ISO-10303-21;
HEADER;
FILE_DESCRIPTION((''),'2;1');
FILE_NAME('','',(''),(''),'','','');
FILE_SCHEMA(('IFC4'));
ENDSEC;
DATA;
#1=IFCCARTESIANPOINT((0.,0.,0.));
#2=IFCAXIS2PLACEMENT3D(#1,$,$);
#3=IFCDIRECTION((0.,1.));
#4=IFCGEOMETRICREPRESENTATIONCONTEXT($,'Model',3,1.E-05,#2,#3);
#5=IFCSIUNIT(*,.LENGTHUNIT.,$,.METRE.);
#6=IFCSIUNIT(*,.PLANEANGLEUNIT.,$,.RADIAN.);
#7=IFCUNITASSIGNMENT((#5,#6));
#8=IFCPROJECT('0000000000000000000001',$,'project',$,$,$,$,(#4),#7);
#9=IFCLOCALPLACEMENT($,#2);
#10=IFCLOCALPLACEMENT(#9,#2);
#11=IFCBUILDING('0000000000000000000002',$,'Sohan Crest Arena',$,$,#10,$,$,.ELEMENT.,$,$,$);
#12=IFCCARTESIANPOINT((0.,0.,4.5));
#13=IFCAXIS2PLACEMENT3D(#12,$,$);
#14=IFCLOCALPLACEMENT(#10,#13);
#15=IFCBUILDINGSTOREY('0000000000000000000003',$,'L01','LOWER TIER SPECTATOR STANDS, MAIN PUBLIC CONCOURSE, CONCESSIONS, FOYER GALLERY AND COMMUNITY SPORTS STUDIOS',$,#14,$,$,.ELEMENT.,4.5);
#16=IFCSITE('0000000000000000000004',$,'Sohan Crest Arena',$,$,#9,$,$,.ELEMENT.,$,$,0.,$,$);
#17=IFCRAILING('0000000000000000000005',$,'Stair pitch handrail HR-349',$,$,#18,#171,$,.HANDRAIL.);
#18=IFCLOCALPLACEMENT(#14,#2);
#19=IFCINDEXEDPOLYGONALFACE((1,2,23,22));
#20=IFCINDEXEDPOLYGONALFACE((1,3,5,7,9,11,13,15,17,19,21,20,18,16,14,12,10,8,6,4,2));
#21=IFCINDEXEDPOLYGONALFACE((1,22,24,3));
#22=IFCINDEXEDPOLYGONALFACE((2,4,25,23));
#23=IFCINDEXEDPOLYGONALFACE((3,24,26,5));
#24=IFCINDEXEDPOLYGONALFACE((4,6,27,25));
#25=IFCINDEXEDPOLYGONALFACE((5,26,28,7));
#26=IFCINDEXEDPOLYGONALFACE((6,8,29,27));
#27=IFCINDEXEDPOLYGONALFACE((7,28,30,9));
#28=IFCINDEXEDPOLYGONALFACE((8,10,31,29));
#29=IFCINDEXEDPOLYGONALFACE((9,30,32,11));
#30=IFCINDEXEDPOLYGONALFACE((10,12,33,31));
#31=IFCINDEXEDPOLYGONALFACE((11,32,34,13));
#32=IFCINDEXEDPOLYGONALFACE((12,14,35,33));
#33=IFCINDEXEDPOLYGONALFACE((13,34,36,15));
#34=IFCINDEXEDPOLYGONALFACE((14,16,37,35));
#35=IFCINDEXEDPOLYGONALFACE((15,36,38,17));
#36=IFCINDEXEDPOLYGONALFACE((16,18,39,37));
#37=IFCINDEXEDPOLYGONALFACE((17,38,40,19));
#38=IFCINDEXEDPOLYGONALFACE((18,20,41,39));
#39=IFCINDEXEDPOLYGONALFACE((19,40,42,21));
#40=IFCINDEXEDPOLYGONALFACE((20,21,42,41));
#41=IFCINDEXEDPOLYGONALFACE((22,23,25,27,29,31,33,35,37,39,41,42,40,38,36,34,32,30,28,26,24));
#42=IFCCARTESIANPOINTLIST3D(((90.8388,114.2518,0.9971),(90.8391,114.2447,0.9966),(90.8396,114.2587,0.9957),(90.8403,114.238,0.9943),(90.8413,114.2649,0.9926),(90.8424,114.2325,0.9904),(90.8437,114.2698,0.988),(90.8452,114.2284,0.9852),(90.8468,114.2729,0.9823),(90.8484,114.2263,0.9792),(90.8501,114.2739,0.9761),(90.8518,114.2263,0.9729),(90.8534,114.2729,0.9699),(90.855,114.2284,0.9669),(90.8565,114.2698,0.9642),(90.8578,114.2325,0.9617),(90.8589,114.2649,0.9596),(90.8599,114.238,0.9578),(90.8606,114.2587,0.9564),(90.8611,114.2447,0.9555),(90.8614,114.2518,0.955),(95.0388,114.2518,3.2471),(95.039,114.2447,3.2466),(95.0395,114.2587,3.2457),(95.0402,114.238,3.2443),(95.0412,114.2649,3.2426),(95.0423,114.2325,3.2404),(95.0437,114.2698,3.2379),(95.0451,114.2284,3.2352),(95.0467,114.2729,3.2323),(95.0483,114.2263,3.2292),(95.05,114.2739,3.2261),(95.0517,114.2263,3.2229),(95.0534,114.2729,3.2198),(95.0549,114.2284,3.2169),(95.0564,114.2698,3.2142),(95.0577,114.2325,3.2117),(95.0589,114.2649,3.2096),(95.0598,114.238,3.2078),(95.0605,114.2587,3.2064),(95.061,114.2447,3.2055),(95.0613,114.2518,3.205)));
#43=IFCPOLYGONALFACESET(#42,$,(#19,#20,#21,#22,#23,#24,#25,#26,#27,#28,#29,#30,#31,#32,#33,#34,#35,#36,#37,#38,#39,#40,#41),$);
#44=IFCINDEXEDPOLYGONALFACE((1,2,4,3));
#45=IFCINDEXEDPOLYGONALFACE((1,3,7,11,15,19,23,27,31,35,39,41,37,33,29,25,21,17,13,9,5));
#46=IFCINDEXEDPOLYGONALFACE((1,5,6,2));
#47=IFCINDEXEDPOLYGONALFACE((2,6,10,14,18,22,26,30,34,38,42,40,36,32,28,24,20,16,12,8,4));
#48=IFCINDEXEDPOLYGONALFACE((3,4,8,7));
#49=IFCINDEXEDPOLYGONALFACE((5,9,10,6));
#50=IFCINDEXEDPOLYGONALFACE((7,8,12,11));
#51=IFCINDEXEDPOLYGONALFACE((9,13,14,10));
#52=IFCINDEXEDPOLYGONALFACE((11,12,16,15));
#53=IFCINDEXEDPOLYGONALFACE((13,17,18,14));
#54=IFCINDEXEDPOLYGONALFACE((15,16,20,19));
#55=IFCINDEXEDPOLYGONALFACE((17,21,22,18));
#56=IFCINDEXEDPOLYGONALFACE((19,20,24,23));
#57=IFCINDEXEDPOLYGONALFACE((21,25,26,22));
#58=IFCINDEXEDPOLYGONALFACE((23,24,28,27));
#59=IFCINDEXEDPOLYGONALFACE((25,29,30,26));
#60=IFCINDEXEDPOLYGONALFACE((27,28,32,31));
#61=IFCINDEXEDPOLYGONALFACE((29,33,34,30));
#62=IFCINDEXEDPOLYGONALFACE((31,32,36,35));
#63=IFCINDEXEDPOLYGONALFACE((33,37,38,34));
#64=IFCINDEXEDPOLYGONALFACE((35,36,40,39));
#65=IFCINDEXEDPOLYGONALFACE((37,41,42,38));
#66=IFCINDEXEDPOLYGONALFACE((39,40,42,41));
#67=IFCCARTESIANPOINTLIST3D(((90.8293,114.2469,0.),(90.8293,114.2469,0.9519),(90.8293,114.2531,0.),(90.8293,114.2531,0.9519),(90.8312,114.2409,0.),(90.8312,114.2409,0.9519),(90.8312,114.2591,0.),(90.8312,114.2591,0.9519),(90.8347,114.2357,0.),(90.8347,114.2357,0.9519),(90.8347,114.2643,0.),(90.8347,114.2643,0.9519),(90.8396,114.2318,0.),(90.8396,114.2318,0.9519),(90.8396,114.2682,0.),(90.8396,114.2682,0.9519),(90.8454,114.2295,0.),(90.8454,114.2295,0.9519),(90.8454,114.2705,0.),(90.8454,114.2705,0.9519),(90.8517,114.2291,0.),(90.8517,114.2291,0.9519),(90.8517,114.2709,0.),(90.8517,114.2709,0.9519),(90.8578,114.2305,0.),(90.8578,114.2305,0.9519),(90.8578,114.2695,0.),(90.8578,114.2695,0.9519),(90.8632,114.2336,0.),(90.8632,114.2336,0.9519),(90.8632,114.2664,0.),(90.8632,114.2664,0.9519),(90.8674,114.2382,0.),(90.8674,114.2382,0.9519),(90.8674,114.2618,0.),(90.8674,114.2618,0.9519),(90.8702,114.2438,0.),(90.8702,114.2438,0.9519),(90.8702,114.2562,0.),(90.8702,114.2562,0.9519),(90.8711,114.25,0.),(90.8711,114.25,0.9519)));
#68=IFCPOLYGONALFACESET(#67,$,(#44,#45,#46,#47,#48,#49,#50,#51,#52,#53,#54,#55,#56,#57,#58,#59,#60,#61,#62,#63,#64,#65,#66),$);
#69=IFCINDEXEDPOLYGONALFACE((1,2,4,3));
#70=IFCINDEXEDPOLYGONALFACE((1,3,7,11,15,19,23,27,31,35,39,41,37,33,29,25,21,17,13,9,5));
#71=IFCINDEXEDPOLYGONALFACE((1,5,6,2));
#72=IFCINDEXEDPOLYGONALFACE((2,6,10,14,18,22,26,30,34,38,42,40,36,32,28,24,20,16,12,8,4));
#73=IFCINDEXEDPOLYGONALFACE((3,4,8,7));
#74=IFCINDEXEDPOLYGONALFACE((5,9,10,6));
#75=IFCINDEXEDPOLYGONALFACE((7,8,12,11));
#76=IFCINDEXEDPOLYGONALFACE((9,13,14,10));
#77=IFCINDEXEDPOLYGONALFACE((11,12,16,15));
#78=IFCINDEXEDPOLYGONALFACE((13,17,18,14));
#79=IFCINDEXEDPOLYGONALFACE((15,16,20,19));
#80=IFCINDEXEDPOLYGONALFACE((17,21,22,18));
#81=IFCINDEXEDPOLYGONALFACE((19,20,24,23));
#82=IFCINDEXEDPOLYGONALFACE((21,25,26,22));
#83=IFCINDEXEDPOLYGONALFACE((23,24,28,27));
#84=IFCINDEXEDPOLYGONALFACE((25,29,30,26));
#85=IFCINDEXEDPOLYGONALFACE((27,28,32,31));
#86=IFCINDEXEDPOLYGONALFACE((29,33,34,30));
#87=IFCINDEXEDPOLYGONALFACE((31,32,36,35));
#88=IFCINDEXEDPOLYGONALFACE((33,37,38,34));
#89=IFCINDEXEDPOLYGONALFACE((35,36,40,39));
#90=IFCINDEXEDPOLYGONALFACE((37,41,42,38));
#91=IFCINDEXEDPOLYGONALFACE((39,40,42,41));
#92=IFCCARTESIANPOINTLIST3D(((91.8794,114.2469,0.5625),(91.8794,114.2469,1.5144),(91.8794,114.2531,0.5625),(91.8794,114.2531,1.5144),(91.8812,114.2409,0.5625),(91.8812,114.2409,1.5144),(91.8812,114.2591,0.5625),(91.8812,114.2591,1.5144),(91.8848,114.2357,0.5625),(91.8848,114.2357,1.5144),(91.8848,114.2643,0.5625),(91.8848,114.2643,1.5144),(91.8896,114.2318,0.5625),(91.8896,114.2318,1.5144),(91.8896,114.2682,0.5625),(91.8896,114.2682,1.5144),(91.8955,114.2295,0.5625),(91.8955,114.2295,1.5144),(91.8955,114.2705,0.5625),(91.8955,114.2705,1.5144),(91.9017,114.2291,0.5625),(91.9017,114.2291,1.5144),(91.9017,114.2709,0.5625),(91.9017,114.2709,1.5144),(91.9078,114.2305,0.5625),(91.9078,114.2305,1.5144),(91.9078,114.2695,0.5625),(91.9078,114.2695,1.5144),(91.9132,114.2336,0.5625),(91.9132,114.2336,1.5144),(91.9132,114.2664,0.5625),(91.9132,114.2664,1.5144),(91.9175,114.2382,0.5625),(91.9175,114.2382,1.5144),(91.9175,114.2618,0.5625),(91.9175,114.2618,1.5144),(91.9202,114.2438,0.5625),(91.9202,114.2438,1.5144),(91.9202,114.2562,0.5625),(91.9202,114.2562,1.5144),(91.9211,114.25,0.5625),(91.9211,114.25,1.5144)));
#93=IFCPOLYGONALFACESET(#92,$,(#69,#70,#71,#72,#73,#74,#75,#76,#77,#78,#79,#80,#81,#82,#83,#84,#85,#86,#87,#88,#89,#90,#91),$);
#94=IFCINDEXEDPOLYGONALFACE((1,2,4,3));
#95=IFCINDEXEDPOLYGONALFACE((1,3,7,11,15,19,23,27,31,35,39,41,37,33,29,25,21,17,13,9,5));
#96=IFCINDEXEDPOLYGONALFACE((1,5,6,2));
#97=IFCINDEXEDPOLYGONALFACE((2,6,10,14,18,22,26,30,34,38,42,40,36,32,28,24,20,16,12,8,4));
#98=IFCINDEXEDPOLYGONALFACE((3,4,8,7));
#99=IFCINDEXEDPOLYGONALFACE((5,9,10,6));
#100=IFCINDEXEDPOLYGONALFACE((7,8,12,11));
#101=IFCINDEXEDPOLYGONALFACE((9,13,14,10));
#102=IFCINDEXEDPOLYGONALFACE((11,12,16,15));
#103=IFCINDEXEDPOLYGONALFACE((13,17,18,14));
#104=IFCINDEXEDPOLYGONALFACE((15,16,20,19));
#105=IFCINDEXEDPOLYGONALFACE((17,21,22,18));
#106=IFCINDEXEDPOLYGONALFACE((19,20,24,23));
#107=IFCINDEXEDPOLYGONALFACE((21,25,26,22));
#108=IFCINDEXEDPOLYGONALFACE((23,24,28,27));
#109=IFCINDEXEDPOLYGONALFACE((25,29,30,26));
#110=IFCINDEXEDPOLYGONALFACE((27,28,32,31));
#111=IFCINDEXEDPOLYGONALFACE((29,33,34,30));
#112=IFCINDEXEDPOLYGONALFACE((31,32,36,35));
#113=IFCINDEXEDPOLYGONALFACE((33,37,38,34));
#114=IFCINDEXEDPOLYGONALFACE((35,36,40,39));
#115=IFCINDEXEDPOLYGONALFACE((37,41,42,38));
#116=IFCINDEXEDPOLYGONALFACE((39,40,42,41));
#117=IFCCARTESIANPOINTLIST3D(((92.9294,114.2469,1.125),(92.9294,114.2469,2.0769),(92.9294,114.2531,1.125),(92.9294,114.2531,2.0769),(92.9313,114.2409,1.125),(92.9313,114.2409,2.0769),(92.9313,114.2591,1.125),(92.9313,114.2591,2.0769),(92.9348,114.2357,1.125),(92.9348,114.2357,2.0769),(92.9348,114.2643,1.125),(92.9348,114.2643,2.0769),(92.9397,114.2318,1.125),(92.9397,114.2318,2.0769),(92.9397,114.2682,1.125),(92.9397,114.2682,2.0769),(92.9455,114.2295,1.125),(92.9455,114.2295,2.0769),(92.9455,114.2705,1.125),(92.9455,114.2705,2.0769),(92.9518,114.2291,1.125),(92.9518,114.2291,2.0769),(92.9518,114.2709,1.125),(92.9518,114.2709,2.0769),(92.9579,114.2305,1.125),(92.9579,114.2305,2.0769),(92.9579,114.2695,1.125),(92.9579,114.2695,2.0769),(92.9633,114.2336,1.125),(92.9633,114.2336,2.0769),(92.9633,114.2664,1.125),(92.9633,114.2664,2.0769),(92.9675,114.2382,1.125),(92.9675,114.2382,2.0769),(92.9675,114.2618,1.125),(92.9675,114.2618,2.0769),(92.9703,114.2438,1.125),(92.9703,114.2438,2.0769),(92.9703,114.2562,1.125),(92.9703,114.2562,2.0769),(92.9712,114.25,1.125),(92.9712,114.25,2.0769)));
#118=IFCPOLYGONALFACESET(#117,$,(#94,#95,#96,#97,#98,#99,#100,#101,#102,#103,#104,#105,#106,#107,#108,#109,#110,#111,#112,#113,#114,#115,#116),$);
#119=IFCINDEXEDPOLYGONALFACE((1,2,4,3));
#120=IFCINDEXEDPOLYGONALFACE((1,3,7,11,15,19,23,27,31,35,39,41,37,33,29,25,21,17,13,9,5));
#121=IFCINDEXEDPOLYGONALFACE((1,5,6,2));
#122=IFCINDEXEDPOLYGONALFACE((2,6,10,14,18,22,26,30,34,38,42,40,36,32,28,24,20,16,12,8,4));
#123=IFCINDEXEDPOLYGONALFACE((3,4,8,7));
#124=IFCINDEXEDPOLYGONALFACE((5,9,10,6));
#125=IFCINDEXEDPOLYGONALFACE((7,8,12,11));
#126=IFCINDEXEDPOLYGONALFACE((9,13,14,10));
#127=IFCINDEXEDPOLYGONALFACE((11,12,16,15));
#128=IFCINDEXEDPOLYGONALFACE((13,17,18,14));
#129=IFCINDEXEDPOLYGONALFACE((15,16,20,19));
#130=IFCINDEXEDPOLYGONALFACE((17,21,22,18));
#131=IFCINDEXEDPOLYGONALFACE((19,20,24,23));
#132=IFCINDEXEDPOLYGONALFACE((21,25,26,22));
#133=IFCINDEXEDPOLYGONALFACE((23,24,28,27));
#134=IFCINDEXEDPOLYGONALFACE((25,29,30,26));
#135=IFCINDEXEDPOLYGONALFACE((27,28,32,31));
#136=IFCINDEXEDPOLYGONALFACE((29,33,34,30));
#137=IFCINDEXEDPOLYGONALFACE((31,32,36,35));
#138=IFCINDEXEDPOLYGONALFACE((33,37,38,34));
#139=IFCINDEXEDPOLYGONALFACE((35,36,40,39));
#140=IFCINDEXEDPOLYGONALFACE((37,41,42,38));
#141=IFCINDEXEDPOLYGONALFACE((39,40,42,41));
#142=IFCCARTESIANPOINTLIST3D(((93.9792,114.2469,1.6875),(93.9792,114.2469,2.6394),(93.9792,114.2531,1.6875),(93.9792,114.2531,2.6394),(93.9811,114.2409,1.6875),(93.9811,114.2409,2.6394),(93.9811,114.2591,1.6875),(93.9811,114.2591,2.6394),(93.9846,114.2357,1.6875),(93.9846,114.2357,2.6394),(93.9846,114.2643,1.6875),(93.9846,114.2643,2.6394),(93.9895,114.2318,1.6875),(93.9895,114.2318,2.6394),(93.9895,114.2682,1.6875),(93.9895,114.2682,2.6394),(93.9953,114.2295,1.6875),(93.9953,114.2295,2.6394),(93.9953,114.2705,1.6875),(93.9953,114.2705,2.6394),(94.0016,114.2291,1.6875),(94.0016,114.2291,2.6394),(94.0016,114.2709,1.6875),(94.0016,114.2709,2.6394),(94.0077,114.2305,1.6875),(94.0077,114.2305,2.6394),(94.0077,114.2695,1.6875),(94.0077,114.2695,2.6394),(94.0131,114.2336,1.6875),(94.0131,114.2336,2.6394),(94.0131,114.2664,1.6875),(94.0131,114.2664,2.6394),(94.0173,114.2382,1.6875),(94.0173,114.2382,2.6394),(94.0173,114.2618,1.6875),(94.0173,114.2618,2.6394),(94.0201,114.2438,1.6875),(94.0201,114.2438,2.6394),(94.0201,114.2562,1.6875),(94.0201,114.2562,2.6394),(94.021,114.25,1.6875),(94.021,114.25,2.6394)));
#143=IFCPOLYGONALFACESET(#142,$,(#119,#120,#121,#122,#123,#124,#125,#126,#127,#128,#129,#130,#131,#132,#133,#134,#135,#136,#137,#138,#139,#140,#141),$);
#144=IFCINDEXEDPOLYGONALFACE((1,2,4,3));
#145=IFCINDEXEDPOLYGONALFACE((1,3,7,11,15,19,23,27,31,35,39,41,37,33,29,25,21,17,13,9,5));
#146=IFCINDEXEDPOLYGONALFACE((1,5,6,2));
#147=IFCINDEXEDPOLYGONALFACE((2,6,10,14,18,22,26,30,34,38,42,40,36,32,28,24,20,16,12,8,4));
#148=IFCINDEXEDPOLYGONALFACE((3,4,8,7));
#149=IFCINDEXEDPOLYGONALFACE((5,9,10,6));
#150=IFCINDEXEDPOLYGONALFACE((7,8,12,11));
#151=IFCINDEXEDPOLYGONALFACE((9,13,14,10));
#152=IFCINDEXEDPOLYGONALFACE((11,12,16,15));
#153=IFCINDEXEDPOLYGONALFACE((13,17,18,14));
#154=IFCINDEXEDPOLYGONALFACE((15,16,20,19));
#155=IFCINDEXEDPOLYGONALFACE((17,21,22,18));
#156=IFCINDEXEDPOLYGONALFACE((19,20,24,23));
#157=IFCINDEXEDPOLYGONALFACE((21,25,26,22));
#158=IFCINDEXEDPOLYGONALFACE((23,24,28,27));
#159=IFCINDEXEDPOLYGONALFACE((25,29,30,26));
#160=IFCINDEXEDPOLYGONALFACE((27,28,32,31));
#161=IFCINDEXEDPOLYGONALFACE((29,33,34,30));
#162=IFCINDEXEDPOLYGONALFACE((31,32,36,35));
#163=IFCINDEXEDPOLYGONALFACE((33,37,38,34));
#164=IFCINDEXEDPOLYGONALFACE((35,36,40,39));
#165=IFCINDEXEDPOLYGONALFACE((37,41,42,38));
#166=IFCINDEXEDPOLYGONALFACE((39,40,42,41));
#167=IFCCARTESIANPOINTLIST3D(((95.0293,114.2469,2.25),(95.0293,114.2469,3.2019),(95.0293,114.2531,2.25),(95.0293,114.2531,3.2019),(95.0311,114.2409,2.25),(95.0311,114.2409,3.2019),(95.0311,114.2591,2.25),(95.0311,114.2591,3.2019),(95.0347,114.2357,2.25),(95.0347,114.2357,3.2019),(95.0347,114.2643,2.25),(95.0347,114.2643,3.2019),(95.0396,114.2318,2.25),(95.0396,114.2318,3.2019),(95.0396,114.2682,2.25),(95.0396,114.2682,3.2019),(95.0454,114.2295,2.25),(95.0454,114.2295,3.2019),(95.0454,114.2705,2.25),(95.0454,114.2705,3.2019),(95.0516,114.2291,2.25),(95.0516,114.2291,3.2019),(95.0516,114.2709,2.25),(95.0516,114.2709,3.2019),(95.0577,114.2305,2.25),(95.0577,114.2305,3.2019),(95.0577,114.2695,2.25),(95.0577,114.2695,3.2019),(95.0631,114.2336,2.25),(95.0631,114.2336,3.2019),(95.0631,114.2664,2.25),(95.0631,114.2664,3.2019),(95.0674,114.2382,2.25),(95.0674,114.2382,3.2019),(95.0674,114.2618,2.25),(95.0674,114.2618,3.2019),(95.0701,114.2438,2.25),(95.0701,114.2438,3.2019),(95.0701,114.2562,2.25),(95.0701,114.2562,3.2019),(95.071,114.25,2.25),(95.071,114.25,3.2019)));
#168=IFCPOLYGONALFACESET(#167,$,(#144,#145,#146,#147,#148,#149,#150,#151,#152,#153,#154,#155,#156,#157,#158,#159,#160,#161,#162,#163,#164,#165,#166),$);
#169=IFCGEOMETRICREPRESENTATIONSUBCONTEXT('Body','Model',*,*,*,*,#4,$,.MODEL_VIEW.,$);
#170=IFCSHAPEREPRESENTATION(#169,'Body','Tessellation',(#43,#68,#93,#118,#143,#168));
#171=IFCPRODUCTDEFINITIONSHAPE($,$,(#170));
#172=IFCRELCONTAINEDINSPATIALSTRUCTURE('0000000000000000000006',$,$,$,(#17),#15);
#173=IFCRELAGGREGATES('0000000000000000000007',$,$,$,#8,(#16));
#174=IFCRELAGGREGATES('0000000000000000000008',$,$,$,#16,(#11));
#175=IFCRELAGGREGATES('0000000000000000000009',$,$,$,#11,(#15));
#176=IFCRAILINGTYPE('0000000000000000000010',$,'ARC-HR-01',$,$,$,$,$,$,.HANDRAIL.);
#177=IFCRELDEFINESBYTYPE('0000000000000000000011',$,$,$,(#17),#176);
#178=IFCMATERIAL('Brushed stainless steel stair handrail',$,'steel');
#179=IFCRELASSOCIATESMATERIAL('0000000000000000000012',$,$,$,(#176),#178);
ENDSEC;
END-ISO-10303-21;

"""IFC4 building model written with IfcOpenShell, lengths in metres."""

from ifc_helpers import new_model, si_unit, direction, frame, origin, origin_2d, place, context, subcontext, project, spatial, circle, extrude, material, type_object, element, save


model = new_model("IFC4")

# Units and contexts
model_context = context("Model", 3, precision=1e-05, world=origin(), true_north=direction((0.0, 1.0)))
body_context = subcontext(model_context, "Body", "Model", "MODEL_VIEW")
ifc_project = project(units=[si_unit("LENGTHUNIT", "METRE"), si_unit("PLANEANGLEUNIT", "RADIAN")], contexts=[model_context])

# Site, building, storey
site_placement = place(None, origin())
site = spatial("IfcSite", under=ifc_project, at=site_placement, Name="Sohan Crest Arena", CompositionType="ELEMENT", RefElevation=0.0)
building_placement = place(site_placement, origin())
building = spatial("IfcBuilding", under=site, at=building_placement, Name="Sohan Crest Arena", CompositionType="ELEMENT")
storey_placement = place(building_placement, frame((0.0, 0.0, 4.5)))
storey = spatial("IfcBuildingStorey", under=building, at=storey_placement, Name="L01", Description="LOWER TIER SPECTATOR STANDS, MAIN PUBLIC CONCOURSE, CONCESSIONS, FOYER GALLERY AND COMMUNITY SPORTS STUDIOS", CompositionType="ELEMENT", Elevation=4.5)

# Railing
ifc_material_1 = material(Name="Brushed stainless steel stair handrail", Category="steel")
railing_type_1 = type_object("IfcRailingType", Name="ARC-HR-01", PredefinedType="HANDRAIL", material=ifc_material_1)
for number, where, name in (
    (1, (90.8501, 114.25, 0.0), "Stair pitch handrail HR-349"),
):
    element("IfcRailing", number, at=place(storey_placement, frame(where)), inside=storey, type_object=railing_type_1, Name=name, PredefinedType="HANDRAIL", context=body_context, shape_type="SweptSolid", body=[
        extrude(circle(Radius=0.0239, at=origin_2d()), frame((0.0, 0.0, 0.9761), z_axis=(0.881478, 0.0, 0.472226), x_axis=(0.0, 1.0, 0.0)), (0.0, 0.0, 1.0), 4.7646),
        extrude(circle(Radius=0.021, at=origin_2d()), origin(), (0.0, 0.0, 1.0), 0.9519),
        extrude(circle(Radius=0.021, at=origin_2d()), frame((1.05, 0.0, 0.5625)), (0.0, 0.0, 1.0), 0.9519),
        extrude(circle(Radius=0.021, at=origin_2d()), frame((2.1001, 0.0, 1.125)), (0.0, 0.0, 1.0), 0.9519),
        extrude(circle(Radius=0.021, at=origin_2d()), frame((3.1499, 0.0, 1.6875)), (0.0, 0.0, 1.0), 0.9519),
        extrude(circle(Radius=0.021, at=origin_2d()), frame((4.2, 0.0, 2.25)), (0.0, 0.0, 1.0), 0.9519),
    ])

save(model, "model.ifc")
